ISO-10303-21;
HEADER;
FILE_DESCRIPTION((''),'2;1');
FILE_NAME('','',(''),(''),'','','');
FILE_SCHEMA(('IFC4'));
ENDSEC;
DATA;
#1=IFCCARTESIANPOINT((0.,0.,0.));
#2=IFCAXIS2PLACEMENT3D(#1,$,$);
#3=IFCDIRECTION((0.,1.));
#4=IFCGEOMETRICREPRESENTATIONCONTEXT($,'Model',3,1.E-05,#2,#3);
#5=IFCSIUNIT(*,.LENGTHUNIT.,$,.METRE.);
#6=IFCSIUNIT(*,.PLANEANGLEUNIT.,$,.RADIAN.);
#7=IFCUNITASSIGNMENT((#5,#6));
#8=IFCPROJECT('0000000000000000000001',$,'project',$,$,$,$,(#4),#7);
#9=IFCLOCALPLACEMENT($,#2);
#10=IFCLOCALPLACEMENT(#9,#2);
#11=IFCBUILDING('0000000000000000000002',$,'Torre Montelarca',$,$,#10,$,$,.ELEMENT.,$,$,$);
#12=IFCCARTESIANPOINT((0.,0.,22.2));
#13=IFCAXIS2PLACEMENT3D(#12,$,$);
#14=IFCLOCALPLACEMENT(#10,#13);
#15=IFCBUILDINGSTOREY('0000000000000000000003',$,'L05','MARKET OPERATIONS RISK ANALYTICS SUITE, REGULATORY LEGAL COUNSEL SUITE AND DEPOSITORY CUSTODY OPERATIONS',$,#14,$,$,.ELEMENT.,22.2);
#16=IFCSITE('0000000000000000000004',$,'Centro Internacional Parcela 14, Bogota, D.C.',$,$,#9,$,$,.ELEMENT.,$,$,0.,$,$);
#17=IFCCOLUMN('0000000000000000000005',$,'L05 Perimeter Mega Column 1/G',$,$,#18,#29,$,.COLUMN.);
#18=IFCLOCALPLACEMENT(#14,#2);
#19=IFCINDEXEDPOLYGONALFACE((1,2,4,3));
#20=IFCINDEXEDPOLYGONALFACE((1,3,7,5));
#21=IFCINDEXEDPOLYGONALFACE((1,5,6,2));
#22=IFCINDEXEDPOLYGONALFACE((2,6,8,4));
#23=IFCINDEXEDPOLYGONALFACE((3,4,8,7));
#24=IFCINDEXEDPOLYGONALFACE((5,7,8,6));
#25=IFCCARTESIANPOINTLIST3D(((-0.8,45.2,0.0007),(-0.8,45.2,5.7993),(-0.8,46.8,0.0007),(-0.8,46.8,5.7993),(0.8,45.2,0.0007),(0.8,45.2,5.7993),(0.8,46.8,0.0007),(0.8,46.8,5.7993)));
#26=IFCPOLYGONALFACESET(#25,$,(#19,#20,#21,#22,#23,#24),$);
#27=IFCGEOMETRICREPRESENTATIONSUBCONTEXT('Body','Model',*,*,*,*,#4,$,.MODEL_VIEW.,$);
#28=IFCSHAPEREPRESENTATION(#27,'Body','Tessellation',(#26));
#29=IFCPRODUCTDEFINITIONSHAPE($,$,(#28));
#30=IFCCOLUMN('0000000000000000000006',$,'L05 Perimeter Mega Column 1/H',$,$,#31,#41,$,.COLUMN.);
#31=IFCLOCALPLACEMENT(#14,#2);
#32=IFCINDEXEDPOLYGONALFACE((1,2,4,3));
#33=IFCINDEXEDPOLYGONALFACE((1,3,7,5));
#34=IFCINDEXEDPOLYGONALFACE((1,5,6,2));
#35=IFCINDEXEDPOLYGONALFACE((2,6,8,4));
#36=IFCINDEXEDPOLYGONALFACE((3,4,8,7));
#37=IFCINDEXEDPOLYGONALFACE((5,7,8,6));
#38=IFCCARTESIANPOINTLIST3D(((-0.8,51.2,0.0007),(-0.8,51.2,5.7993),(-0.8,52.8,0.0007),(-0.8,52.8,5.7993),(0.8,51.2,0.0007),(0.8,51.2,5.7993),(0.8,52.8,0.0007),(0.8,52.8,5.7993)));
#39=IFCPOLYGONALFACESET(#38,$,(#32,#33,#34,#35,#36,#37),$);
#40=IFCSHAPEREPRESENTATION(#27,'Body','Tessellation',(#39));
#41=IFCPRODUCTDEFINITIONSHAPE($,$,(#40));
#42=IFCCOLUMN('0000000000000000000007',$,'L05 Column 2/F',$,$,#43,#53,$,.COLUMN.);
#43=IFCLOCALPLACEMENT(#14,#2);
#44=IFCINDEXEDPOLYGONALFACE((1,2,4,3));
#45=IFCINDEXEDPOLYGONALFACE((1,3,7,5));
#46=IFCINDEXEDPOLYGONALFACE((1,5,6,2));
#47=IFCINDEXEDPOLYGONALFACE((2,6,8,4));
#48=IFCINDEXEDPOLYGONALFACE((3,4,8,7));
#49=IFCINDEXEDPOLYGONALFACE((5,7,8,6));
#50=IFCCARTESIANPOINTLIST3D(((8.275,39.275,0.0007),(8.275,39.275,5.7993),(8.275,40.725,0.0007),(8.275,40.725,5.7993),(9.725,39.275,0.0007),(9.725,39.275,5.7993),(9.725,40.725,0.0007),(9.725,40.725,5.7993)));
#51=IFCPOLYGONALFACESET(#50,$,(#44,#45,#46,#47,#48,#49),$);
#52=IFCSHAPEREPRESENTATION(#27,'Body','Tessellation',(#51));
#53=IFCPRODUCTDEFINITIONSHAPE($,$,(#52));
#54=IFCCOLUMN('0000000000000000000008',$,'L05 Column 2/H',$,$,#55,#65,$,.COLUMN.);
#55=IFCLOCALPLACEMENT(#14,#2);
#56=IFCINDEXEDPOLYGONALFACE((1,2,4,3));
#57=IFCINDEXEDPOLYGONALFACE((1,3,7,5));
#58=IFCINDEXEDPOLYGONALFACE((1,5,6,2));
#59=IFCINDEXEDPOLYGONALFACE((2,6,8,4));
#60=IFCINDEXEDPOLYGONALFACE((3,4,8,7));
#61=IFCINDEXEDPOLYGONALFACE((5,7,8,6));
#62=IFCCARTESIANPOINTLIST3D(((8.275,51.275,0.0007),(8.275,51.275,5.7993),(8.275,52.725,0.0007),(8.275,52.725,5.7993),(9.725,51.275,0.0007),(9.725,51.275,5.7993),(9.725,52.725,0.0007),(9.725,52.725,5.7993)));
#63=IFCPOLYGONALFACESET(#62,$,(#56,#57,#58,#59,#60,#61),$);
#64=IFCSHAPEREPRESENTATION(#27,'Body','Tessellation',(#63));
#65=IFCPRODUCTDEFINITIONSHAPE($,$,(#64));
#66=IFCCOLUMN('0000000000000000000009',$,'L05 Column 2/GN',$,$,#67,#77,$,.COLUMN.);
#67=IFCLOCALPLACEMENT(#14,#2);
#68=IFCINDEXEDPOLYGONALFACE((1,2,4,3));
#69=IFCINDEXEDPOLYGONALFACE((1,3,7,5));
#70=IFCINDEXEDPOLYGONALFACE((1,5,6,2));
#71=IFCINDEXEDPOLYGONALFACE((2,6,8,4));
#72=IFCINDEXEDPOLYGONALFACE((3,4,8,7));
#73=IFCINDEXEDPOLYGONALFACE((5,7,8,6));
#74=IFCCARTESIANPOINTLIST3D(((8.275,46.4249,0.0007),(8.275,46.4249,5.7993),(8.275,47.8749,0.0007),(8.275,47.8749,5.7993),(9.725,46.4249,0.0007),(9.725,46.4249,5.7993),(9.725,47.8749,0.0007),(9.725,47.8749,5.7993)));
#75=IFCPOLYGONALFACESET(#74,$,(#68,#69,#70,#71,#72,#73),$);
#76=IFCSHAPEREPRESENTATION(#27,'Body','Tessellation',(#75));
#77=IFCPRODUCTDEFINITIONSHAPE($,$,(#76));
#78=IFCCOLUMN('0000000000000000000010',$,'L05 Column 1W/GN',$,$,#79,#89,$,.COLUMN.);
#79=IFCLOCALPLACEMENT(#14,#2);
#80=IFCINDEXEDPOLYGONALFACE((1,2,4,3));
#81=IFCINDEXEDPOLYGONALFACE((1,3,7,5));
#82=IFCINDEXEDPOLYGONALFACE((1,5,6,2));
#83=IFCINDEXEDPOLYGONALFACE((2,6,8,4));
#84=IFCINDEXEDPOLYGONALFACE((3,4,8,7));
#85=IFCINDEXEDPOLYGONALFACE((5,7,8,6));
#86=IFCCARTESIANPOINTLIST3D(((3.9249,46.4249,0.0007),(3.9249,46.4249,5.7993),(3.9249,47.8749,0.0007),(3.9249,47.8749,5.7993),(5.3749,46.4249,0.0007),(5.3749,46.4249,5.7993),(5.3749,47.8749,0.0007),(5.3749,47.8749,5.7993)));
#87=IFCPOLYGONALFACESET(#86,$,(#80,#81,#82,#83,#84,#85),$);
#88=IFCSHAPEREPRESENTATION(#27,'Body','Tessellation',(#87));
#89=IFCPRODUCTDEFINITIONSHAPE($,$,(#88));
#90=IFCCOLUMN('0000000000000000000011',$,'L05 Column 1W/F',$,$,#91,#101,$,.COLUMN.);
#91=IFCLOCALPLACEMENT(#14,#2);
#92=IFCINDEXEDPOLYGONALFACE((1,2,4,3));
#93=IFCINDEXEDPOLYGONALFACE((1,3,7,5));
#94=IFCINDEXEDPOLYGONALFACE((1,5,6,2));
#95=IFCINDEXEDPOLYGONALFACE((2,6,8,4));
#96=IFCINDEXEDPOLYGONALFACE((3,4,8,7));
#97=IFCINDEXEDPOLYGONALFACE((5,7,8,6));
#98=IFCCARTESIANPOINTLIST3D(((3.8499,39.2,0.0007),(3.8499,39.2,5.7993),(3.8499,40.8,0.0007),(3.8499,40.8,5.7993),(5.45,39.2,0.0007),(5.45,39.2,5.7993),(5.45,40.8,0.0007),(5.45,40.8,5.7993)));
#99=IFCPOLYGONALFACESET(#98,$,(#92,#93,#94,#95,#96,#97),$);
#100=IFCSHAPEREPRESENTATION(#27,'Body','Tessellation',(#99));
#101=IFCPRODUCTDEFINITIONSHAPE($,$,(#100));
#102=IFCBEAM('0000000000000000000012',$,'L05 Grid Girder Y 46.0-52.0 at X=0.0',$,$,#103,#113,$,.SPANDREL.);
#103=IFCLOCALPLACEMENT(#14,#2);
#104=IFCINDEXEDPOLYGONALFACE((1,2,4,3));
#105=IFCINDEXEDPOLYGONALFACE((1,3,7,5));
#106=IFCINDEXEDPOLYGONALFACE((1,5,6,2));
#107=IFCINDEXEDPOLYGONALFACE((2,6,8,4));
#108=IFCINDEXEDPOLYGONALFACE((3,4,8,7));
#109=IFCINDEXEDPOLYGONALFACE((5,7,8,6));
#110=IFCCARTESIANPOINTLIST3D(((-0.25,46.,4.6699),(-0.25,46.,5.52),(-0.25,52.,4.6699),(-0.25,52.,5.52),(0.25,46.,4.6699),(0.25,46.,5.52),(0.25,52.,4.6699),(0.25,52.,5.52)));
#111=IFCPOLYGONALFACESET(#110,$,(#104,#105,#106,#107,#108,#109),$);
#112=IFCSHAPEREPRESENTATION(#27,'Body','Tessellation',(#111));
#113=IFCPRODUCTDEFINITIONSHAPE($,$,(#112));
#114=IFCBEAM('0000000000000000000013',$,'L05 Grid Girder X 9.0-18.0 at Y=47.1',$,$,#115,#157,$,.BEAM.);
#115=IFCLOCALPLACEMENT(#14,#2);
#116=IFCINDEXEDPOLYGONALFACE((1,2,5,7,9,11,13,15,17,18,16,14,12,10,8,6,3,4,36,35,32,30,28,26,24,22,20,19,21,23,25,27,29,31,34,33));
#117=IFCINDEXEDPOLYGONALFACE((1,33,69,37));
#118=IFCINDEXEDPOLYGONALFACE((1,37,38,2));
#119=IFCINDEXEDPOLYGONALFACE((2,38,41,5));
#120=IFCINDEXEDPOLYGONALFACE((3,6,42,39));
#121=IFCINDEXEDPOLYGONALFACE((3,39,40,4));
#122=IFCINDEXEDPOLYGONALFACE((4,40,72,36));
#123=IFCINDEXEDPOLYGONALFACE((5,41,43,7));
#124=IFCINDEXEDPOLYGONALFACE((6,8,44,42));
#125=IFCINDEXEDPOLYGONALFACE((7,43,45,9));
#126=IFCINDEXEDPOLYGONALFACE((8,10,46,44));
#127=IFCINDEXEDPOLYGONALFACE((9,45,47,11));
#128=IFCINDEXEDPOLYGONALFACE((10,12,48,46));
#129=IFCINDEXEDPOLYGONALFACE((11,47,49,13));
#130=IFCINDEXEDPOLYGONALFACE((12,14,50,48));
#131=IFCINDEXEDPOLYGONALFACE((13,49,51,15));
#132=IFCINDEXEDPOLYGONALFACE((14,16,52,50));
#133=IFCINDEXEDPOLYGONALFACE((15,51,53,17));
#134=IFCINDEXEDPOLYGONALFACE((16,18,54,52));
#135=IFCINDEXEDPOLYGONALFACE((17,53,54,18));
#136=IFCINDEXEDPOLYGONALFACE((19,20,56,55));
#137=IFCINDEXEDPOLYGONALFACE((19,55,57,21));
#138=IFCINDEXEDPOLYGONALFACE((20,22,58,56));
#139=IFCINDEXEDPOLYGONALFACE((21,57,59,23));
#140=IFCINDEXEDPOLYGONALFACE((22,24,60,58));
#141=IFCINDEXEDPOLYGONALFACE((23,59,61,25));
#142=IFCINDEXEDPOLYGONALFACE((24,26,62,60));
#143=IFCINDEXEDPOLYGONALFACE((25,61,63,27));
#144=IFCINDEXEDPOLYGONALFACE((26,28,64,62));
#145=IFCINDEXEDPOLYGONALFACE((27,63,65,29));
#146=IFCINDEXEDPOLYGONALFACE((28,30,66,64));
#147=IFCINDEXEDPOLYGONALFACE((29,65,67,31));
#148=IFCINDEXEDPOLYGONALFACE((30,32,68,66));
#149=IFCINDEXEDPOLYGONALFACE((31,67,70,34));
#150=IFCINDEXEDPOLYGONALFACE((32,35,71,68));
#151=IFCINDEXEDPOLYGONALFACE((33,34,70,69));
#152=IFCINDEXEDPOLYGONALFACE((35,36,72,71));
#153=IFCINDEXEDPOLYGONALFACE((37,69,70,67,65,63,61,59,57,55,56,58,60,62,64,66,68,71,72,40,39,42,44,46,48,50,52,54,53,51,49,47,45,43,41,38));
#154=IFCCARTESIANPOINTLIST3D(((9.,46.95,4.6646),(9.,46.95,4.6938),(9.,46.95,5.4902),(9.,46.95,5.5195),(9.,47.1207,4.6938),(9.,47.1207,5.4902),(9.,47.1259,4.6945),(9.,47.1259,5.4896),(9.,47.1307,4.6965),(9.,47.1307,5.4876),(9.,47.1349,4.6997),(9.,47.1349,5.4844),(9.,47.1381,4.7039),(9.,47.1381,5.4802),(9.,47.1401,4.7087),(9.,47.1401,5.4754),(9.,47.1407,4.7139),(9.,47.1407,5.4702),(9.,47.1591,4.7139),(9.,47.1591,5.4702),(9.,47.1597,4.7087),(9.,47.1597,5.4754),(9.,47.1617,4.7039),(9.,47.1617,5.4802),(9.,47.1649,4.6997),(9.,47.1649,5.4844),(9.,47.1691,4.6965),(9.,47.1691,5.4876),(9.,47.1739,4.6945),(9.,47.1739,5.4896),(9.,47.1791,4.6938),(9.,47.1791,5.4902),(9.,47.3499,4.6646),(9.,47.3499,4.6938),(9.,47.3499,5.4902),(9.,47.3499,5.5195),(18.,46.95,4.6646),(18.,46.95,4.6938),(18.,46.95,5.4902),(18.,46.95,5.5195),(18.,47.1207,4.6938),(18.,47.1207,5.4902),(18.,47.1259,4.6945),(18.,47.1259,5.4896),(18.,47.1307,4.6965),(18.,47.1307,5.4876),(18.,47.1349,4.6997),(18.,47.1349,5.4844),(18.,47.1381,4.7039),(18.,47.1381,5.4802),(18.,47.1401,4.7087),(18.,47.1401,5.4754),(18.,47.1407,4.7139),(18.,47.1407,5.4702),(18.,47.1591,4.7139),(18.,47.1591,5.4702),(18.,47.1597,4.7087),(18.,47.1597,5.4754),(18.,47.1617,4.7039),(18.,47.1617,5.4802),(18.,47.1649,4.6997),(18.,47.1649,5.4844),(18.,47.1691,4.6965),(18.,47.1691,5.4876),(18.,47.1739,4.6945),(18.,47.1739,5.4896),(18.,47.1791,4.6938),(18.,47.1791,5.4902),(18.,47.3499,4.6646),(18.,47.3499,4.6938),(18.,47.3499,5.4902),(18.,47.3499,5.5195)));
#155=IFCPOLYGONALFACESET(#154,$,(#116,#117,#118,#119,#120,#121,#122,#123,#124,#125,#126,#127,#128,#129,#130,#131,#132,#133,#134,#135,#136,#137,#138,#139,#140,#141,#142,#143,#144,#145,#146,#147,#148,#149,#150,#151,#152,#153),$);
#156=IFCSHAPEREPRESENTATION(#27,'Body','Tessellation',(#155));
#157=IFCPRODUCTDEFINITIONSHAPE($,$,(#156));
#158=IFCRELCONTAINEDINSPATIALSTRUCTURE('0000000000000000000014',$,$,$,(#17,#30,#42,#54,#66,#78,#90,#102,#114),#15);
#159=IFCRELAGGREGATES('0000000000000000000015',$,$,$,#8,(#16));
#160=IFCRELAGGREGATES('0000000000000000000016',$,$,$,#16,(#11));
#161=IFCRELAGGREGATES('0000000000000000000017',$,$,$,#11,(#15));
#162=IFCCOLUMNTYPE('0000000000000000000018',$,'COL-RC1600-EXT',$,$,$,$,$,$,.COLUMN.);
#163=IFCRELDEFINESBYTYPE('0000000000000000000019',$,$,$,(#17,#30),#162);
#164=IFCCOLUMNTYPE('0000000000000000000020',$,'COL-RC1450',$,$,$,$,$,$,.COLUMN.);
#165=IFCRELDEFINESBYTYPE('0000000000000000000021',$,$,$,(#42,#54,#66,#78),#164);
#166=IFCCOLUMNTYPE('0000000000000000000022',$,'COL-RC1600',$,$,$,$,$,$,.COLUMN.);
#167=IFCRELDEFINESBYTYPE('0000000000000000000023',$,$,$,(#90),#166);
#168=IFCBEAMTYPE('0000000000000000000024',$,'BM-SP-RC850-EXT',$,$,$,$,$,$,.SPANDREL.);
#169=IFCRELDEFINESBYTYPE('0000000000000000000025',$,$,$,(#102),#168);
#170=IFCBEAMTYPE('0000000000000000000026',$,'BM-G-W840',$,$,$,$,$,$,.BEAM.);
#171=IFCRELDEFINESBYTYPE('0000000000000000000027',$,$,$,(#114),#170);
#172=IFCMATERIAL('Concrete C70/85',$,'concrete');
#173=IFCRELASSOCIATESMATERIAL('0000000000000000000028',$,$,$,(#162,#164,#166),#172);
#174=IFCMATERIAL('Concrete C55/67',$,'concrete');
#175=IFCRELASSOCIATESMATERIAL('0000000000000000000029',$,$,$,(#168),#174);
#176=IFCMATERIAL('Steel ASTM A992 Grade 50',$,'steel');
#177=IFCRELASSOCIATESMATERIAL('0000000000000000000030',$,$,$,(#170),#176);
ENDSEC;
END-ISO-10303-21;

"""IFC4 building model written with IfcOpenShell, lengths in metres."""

from ifc_helpers import new_model, si_unit, direction, frame, origin, origin_2d, place, context, subcontext, project, spatial, rectangle, i_section, extrude, source, transform, mapped, material, material_profile, profile_set, type_object, element, save


model = new_model("IFC4")

# Units and contexts
model_context = context("Model", 3, precision=1e-05, world=origin(), true_north=direction((0.0, 1.0)))
body_context = subcontext(model_context, "Body", "Model", "MODEL_VIEW")
ifc_project = project(units=[si_unit("LENGTHUNIT", "METRE"), si_unit("PLANEANGLEUNIT", "RADIAN")], contexts=[model_context])

# Site, building, storey
site_placement = place(None, origin())
site = spatial("IfcSite", under=ifc_project, at=site_placement, Name="Centro Internacional Parcela 14, Bogota, D.C.", CompositionType="ELEMENT", RefElevation=0.0)
building_placement = place(site_placement, origin())
building = spatial("IfcBuilding", under=site, at=building_placement, Name="Torre Montelarca", CompositionType="ELEMENT")
storey_placement = place(building_placement, frame((0.0, 0.0, 22.2)))
storey = spatial("IfcBuildingStorey", under=building, at=storey_placement, Name="L05", Description="MARKET OPERATIONS RISK ANALYTICS SUITE, REGULATORY LEGAL COUNSEL SUITE AND DEPOSITORY CUSTODY OPERATIONS", CompositionType="ELEMENT", Elevation=22.2)

# Columns
ifc_material_1 = material(Name="Concrete C70/85", Category="concrete")
ifc_material_profile_1 = material_profile(ifc_material_1, rectangle(XDim=1.6001, YDim=1.6001, at=origin_2d()), Name="RC1600X1600", Category="concrete")
ifc_profile_set_1 = profile_set([ifc_material_profile_1], Name="Concrete C70/85")
column_type_1 = type_object("IfcColumnType", Name="COL-RC1600-EXT", PredefinedType="COLUMN", material=ifc_profile_set_1)
shared_shape_1 = source(origin(), body_context, "Body", "SweptSolid", [
    extrude(rectangle(XDim=1.6001, YDim=1.6001, at=origin_2d()), origin(), (0.0, 0.0, 1.0), 5.7986),
])
for number, where, z_axis, x_axis, name in (
    (1, (0.0, 46.0, 0.0007), (0.0, 0.0, 1.0), (1.0, 0.0, 0.0), "L05 Perimeter Mega Column 1/G"),
    (2, (0.0, 52.0, 0.0007), (0.0, 0.0, 1.0), (1.0, 0.0, 0.0), "L05 Perimeter Mega Column 1/H"),
):
    element("IfcColumn", number, at=place(storey_placement, frame(where, z_axis=z_axis, x_axis=x_axis)), inside=storey, type_object=column_type_1, Name=name, PredefinedType="COLUMN", context=body_context, shape_type="MappedRepresentation", body=[
        mapped(shared_shape_1, transform((0.0, 0.0, 0.0), scale=1.0)),
    ])
ifc_material_profile_2 = material_profile(ifc_material_1, rectangle(XDim=1.45, YDim=1.45, at=origin_2d()), Name="RC1450X1450", Category="concrete")
ifc_profile_set_2 = profile_set([ifc_material_profile_2], Name="Concrete C70/85")
column_type_2 = type_object("IfcColumnType", Name="COL-RC1450", PredefinedType="COLUMN", material=ifc_profile_set_2)
shared_shape_2 = source(origin(), body_context, "Body", "SweptSolid", [
    extrude(rectangle(XDim=1.45, YDim=1.45, at=origin_2d()), origin(), (0.0, 0.0, 1.0), 5.7986),
])
for number, where, z_axis, x_axis, name in (
    (3, (9.0, 40.0, 0.0007), (0.0, 0.0, 1.0), (1.0, 0.0, 0.0), "L05 Column 2/F"),
    (4, (9.0, 52.0, 0.0007), (0.0, 0.0, 1.0), (1.0, 0.0, 0.0), "L05 Column 2/H"),
    (5, (9.0, 47.1499, 0.0007), (0.0, 0.0, 1.0), (1.0, 0.0, 0.0), "L05 Column 2/GN"),
    (6, (4.6499, 47.1499, 0.0007), (0.0, 0.0, 1.0), (1.0, 0.0, 0.0), "L05 Column 1W/GN"),
):
    element("IfcColumn", number, at=place(storey_placement, frame(where, z_axis=z_axis, x_axis=x_axis)), inside=storey, type_object=column_type_2, Name=name, PredefinedType="COLUMN", context=body_context, shape_type="MappedRepresentation", body=[
        mapped(shared_shape_2, transform((0.0, 0.0, 0.0), scale=1.0)),
    ])
ifc_material_profile_3 = material_profile(ifc_material_1, rectangle(XDim=1.6001, YDim=1.6001, at=origin_2d()), Name="RC1600X1600", Category="concrete")
ifc_profile_set_3 = profile_set([ifc_material_profile_3], Name="Concrete C70/85")
column_type_3 = type_object("IfcColumnType", Name="COL-RC1600", PredefinedType="COLUMN", material=ifc_profile_set_3)
shared_shape_3 = source(origin(), body_context, "Body", "SweptSolid", [
    extrude(rectangle(XDim=1.6001, YDim=1.6001, at=origin_2d()), origin(), (0.0, 0.0, 1.0), 5.7986),
])
column_placement = place(storey_placement, frame((4.6499, 40.0, 0.0007), z_axis=(0.0, 0.0, 1.0), x_axis=(1.0, 0.0, 0.0)))
element("IfcColumn", 7, at=column_placement, inside=storey, type_object=column_type_3, Name="L05 Column 1W/F", PredefinedType="COLUMN", context=body_context, shape_type="MappedRepresentation", body=[
    mapped(shared_shape_3, transform((0.0, 0.0, 0.0), scale=1.0)),
])

# Beams
ifc_material_2 = material(Name="Concrete C55/67", Category="concrete")
ifc_material_profile_4 = material_profile(ifc_material_2, rectangle(XDim=0.5, YDim=0.8501, at=origin_2d()), Name="RCB500X850", Category="concrete")
ifc_profile_set_4 = profile_set([ifc_material_profile_4], Name="Concrete C55/67")
beam_type_1 = type_object("IfcBeamType", Name="BM-SP-RC850-EXT", PredefinedType="SPANDREL", material=ifc_profile_set_4)
shared_shape_4 = source(origin(), body_context, "Body", "SweptSolid", [
    extrude(rectangle(XDim=0.5, YDim=0.8501, at=origin_2d()), origin(), (0.0, 0.0, 1.0), 6.0),
])
beam_1_placement = place(storey_placement, frame((0.0, 46.0, 5.095), z_axis=(0.0, 1.0, 0.0), x_axis=(-1.0, 0.0, 0.0)))
element("IfcBeam", 8, at=beam_1_placement, inside=storey, type_object=beam_type_1, Name="L05 Grid Girder Y 46.0-52.0 at X=0.0", PredefinedType="SPANDREL", context=body_context, shape_type="MappedRepresentation", body=[
    mapped(shared_shape_4, transform((0.0, 0.0, 0.0), scale=1.0)),
])
ifc_material_3 = material(Name="Steel ASTM A992 Grade 50", Category="steel")
ifc_material_profile_5 = material_profile(ifc_material_3, i_section(OverallWidth=0.3999, OverallDepth=0.855, WebThickness=0.0183, FlangeThickness=0.0293, FilletRadius=0.02, at=origin_2d()), Name="W840X299", Category="steel")
ifc_profile_set_5 = profile_set([ifc_material_profile_5], Name="Steel ASTM A992 Grade 50")
beam_type_2 = type_object("IfcBeamType", Name="BM-G-W840", PredefinedType="BEAM", material=ifc_profile_set_5)
shared_shape_5 = source(origin(), body_context, "Body", "SweptSolid", [
    extrude(i_section(OverallWidth=0.3999, OverallDepth=0.855, WebThickness=0.0183, FlangeThickness=0.0293, FilletRadius=0.02, at=origin_2d()), origin(), (0.0, 0.0, 1.0), 9.0),
])
for number, where, z_axis, x_axis, name in (
    (9, (9.0, 47.1499, 5.092), (1.0, 0.0, 0.0), (0.0, 1.0, 0.0), "L05 Grid Girder X 9.0-18.0 at Y=47.1"),
):
    element("IfcBeam", number, at=place(storey_placement, frame(where, z_axis=z_axis, x_axis=x_axis)), inside=storey, type_object=beam_type_2, Name=name, PredefinedType="BEAM", context=body_context, shape_type="MappedRepresentation", body=[
        mapped(shared_shape_5, transform((0.0, 0.0, 0.0), scale=1.0)),
    ])

save(model, "model.ifc")
